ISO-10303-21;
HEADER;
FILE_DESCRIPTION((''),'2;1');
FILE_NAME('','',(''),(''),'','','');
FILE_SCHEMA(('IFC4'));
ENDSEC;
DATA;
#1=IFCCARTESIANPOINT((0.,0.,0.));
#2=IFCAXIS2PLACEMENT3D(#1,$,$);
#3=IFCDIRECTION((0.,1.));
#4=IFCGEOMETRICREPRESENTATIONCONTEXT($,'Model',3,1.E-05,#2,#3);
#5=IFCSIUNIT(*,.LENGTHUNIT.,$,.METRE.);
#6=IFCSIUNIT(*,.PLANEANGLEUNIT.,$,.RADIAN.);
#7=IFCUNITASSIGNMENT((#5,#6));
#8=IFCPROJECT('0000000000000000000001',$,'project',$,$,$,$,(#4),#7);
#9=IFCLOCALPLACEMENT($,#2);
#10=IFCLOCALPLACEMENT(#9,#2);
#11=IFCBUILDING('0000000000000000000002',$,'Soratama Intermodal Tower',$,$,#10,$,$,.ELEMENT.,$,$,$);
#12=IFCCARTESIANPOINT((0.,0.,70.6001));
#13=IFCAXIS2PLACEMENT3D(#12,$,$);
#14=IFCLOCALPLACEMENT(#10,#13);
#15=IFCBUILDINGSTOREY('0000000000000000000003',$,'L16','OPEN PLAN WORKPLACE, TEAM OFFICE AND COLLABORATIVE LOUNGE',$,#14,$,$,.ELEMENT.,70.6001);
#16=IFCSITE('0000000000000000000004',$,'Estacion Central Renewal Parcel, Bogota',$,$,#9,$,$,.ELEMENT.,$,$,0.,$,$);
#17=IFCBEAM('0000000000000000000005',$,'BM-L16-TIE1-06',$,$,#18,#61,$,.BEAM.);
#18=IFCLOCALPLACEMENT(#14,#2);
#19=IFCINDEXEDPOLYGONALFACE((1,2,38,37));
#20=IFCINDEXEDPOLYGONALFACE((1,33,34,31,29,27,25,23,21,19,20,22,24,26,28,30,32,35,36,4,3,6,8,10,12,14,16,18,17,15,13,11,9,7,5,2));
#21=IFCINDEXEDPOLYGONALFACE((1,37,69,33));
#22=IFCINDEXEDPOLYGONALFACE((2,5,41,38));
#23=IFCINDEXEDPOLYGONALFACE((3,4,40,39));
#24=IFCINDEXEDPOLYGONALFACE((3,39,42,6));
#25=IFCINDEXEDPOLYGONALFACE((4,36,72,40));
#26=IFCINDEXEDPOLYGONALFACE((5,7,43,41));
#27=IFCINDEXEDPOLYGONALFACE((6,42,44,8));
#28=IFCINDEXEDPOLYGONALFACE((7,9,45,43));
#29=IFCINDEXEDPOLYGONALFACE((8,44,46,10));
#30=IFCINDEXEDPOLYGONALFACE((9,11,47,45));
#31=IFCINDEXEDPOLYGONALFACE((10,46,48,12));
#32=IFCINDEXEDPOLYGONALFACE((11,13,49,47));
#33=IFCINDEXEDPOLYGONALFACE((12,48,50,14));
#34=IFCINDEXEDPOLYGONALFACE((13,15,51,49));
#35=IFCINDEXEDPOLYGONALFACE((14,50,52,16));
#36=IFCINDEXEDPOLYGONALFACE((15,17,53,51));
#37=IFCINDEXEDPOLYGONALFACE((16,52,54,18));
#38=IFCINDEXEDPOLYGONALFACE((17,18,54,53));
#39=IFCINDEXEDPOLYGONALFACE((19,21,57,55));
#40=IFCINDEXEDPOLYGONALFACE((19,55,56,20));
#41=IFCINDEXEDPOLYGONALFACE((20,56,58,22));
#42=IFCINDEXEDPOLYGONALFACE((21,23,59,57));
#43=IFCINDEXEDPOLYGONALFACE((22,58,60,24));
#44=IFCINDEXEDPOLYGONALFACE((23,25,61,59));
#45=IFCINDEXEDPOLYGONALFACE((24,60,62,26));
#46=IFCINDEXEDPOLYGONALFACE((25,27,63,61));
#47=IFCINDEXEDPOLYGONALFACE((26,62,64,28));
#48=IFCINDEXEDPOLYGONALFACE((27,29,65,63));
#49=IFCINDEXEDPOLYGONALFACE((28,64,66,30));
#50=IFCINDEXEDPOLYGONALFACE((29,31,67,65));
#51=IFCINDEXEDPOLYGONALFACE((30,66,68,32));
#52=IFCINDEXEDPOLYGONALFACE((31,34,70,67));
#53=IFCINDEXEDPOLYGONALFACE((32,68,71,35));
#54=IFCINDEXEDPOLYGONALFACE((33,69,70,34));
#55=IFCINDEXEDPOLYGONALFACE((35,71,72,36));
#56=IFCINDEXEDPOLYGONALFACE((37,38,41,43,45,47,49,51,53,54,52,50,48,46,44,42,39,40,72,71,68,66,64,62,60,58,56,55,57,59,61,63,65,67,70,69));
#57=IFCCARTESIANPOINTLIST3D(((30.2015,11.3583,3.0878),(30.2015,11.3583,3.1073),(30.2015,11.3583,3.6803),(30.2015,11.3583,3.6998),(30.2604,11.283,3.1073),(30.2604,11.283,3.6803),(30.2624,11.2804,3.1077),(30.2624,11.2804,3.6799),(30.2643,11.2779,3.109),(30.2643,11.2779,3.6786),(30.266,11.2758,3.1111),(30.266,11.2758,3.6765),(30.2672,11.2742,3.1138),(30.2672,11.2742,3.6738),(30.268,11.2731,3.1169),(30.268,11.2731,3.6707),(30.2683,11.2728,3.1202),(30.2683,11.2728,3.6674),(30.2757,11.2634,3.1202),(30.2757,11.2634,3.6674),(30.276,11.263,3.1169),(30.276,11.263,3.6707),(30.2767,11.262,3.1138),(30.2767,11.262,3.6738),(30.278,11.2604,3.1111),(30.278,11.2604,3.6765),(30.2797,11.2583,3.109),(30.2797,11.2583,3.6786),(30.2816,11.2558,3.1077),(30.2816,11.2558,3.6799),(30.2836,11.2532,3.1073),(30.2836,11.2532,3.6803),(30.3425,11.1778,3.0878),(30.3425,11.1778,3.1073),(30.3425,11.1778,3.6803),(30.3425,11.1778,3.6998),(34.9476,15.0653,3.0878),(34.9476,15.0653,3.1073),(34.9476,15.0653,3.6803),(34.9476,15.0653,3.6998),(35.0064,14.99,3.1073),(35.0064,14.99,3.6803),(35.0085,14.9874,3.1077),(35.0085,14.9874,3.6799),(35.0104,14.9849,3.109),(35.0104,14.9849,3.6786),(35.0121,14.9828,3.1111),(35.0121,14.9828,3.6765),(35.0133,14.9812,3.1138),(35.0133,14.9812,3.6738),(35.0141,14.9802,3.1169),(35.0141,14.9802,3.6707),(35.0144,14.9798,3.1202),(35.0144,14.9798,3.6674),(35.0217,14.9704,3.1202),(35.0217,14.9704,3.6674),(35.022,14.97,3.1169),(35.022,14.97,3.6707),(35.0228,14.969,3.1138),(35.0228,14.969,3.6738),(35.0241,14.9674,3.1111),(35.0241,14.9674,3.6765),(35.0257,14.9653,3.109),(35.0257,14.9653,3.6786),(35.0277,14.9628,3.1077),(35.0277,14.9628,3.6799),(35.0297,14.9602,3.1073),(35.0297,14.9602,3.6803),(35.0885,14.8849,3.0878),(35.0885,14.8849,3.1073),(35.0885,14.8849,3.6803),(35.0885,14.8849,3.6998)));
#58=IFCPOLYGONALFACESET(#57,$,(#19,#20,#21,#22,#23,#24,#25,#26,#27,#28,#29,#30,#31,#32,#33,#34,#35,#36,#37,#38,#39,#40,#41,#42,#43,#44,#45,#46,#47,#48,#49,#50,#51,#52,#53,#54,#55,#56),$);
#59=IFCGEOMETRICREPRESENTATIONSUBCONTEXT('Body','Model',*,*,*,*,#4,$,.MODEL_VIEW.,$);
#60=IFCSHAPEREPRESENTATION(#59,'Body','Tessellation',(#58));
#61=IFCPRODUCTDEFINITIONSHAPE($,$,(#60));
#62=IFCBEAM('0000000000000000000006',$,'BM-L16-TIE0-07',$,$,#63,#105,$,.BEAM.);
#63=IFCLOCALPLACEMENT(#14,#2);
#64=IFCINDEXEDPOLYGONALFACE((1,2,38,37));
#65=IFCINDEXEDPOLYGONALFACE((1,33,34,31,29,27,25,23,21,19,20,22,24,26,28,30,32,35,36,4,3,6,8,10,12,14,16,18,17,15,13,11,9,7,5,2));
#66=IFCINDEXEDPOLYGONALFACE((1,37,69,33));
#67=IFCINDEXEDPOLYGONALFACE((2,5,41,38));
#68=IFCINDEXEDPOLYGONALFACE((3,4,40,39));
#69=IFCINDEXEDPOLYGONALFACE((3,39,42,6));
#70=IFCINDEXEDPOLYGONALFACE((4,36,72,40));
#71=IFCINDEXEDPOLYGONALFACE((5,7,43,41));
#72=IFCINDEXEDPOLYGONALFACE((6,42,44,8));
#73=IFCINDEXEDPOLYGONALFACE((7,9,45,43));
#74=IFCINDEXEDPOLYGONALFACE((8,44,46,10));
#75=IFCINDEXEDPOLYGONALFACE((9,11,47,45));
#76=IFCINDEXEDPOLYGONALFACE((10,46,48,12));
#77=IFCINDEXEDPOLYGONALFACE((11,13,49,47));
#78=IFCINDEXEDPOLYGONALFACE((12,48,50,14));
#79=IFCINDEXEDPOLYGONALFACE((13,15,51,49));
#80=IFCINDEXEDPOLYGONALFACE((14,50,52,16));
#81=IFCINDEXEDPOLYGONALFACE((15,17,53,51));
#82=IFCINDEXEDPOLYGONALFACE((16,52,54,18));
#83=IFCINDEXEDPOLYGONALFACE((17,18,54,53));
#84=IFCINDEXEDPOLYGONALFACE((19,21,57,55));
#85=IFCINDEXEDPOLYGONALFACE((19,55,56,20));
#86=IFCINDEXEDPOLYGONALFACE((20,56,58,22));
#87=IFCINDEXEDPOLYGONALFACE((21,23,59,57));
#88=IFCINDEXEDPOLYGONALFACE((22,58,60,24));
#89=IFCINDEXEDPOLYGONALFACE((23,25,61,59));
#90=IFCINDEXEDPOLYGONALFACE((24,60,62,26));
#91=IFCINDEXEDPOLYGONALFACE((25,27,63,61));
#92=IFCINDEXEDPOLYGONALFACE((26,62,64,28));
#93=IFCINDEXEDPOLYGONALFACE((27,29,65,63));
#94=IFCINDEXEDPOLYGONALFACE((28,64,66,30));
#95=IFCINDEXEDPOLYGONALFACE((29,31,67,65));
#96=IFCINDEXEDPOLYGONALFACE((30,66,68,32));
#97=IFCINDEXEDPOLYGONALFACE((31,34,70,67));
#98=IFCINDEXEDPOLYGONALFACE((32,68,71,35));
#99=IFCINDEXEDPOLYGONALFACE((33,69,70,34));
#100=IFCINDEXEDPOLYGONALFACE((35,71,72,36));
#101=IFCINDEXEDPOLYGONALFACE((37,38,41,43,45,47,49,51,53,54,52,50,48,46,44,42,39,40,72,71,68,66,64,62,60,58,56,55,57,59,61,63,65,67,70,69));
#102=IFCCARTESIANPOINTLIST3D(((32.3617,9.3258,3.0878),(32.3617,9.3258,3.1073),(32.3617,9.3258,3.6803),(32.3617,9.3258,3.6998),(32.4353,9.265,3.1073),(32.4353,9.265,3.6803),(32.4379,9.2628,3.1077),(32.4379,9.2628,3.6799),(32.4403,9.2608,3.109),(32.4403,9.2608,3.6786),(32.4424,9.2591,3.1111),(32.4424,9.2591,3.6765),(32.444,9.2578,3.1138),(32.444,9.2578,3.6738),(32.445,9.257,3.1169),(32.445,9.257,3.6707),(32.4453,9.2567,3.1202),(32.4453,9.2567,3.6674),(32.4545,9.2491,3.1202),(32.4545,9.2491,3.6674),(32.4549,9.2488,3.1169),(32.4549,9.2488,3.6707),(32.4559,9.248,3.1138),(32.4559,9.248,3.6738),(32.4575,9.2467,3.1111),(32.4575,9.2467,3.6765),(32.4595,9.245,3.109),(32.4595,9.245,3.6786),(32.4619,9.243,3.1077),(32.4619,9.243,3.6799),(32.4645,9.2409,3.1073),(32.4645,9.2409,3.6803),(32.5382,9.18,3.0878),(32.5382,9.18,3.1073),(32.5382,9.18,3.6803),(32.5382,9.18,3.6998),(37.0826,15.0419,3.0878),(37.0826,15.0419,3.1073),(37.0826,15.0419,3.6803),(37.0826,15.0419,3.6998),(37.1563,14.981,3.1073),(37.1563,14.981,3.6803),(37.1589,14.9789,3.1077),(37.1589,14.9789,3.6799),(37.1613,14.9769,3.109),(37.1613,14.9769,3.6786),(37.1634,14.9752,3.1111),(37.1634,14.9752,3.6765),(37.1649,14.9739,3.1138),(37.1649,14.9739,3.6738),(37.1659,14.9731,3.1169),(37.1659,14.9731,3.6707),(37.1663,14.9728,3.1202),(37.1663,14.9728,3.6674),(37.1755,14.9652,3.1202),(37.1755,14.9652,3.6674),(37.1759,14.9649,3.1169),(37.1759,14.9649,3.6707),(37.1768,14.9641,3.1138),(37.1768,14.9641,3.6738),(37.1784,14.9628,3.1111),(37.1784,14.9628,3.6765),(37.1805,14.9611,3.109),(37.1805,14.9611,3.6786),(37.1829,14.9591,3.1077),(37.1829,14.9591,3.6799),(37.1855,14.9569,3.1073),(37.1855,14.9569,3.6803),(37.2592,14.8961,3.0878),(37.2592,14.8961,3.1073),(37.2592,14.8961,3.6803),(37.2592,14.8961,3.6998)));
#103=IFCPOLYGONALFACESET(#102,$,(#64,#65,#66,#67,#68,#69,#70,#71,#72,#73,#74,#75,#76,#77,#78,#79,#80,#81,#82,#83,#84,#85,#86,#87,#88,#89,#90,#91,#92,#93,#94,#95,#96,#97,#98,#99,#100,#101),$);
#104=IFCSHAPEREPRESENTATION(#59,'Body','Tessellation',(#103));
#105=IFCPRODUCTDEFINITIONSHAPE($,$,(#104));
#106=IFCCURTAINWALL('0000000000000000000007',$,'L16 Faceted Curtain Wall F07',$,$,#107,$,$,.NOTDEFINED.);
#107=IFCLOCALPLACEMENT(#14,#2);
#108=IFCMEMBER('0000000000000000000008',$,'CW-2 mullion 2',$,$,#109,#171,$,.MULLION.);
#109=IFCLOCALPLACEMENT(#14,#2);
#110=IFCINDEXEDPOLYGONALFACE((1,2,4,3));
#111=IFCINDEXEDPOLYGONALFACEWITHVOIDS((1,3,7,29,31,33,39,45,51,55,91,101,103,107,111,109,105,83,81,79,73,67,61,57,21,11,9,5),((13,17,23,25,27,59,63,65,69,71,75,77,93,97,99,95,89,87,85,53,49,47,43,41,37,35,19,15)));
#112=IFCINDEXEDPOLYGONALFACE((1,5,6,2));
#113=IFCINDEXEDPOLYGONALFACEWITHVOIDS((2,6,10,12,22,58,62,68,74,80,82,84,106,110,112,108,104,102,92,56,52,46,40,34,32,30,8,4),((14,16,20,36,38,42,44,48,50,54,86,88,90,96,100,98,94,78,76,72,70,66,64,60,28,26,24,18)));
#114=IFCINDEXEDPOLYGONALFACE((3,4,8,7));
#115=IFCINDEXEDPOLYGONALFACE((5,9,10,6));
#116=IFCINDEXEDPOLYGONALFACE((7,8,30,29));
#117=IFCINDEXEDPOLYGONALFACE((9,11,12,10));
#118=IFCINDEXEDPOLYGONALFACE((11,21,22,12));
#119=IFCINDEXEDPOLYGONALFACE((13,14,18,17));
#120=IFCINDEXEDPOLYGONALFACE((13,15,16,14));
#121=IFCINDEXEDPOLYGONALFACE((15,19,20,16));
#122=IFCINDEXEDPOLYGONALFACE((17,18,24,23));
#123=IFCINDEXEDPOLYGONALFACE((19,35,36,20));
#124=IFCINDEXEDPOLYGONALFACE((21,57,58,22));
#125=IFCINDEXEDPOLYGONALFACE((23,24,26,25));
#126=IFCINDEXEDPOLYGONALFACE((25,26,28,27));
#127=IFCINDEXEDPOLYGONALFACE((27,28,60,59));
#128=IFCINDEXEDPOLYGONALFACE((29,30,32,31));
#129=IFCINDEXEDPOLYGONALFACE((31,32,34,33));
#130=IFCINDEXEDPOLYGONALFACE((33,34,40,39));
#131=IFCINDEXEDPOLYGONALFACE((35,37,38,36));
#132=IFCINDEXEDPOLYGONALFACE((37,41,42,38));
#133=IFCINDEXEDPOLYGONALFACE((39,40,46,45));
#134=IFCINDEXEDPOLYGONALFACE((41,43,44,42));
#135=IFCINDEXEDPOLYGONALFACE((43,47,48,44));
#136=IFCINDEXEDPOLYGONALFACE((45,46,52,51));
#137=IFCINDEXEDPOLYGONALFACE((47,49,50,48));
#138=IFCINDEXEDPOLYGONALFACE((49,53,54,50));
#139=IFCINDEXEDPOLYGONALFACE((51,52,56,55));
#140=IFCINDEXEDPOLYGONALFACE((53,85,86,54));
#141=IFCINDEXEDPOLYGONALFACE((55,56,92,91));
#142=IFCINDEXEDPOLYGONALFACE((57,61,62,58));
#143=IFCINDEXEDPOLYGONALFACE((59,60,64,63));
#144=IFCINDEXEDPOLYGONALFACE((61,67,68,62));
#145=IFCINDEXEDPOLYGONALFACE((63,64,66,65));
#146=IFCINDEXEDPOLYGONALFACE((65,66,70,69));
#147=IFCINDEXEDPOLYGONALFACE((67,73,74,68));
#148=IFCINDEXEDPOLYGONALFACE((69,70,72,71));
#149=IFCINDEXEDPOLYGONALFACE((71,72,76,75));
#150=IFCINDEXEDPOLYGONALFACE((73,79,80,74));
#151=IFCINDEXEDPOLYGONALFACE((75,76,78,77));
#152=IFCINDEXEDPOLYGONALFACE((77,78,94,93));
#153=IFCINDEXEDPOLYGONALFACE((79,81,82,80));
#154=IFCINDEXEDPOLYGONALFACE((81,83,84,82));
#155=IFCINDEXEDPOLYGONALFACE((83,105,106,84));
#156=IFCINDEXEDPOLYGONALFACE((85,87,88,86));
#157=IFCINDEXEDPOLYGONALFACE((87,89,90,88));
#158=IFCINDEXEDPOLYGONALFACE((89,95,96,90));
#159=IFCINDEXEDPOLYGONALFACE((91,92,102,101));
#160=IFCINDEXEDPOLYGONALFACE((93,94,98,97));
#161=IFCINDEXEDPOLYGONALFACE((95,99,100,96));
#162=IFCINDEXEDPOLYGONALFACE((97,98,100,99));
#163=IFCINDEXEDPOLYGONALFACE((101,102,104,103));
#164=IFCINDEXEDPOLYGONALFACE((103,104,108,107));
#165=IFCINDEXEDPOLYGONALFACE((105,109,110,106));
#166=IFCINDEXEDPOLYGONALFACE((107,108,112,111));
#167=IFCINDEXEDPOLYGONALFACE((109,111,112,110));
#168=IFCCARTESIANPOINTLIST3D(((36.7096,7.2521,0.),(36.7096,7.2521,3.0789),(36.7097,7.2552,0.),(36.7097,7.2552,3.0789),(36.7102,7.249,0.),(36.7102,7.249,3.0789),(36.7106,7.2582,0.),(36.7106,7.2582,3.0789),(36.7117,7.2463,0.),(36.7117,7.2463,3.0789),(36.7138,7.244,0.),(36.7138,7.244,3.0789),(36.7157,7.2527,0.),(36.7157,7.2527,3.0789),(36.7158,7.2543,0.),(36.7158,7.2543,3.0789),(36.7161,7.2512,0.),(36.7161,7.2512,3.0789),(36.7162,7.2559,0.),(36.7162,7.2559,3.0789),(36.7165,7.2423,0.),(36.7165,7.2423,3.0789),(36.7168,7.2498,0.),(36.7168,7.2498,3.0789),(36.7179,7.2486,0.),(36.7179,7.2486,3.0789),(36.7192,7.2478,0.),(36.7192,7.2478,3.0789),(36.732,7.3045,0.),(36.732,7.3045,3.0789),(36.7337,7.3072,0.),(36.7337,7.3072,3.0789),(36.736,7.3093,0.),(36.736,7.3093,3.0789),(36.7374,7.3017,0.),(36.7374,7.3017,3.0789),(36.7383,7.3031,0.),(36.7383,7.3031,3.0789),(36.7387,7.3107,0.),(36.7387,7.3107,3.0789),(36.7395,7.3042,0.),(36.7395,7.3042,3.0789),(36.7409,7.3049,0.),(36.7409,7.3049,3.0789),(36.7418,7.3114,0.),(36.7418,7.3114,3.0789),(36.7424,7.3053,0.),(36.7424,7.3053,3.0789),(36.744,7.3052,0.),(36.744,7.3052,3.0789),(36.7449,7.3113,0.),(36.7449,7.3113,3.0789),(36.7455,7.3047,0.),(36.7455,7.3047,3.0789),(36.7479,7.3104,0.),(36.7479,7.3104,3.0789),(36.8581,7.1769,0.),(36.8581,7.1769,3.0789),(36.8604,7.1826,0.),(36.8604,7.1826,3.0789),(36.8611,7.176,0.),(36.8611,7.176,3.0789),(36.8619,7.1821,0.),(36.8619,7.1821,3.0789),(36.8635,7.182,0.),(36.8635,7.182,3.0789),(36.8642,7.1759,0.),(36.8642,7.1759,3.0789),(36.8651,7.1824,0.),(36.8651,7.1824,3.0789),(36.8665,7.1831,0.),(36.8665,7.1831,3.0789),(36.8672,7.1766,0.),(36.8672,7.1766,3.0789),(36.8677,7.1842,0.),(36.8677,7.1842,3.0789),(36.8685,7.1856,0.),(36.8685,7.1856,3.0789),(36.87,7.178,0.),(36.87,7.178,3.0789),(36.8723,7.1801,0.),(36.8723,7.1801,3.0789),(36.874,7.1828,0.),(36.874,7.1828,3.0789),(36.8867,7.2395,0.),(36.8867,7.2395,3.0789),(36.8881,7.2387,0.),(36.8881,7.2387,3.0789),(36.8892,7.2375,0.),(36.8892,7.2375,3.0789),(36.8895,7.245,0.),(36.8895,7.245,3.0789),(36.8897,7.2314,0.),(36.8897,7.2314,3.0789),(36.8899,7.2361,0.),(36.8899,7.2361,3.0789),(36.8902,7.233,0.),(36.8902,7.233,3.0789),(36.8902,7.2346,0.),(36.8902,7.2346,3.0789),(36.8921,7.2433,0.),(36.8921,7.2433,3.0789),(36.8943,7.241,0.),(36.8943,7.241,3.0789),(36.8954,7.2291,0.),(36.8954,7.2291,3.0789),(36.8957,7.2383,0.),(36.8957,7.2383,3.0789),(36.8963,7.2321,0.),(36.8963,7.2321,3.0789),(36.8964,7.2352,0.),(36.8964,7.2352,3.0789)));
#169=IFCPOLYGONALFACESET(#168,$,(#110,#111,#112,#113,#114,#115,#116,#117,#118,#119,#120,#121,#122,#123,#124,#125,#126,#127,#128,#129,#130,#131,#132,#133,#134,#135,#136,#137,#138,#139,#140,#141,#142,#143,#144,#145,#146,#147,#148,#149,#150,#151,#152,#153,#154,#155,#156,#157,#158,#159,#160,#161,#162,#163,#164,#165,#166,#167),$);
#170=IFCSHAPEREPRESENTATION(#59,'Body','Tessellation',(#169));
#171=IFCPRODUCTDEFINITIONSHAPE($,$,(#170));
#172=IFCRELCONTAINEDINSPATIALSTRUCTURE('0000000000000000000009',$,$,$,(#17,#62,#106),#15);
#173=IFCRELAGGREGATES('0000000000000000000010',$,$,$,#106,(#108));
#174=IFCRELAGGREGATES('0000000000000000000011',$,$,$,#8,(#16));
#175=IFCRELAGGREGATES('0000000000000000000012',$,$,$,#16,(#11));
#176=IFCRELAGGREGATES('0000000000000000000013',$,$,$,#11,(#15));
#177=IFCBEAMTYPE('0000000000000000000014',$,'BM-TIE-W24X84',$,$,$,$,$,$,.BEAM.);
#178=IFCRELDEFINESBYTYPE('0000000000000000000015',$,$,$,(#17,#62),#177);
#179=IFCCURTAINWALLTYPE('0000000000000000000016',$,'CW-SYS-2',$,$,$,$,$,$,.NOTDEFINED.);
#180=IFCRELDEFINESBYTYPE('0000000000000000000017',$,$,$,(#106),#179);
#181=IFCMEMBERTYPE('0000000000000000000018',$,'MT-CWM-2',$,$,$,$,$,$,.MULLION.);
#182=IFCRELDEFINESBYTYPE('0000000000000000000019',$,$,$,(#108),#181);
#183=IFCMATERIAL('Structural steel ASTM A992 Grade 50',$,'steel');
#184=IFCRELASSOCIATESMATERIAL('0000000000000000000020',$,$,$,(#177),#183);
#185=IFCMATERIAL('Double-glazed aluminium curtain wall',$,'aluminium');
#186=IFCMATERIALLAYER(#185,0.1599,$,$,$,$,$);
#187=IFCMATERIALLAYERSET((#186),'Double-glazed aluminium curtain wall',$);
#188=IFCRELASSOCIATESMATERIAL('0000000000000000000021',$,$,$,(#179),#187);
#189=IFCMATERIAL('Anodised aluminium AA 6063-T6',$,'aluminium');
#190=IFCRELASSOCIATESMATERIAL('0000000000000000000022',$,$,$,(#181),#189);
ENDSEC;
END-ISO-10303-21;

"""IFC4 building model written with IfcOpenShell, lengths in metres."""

from ifc_helpers import new_model, si_unit, direction, frame, origin, origin_2d, place, context, subcontext, project, spatial, hollow_rectangle, i_section, extrude, material, layer, layer_set, material_profile, profile_set, type_object, element, aggregate, save


model = new_model("IFC4")

# Units and contexts
model_context = context("Model", 3, precision=1e-05, world=origin(), true_north=direction((0.0, 1.0)))
body_context = subcontext(model_context, "Body", "Model", "MODEL_VIEW")
ifc_project = project(units=[si_unit("LENGTHUNIT", "METRE"), si_unit("PLANEANGLEUNIT", "RADIAN")], contexts=[model_context])

# Site, building, storey
site_placement = place(None, origin())
site = spatial("IfcSite", under=ifc_project, at=site_placement, Name="Estacion Central Renewal Parcel, Bogota", CompositionType="ELEMENT", RefElevation=0.0)
building_placement = place(site_placement, origin())
building = spatial("IfcBuilding", under=site, at=building_placement, Name="Soratama Intermodal Tower", CompositionType="ELEMENT")
storey_placement = place(building_placement, frame((0.0, 0.0, 70.6001)))
storey = spatial("IfcBuildingStorey", under=building, at=storey_placement, Name="L16", Description="OPEN PLAN WORKPLACE, TEAM OFFICE AND COLLABORATIVE LOUNGE", CompositionType="ELEMENT", Elevation=70.6001)

# Beams
ifc_material_1 = material(Name="Structural steel ASTM A992 Grade 50", Category="steel")
ifc_material_profile_1 = material_profile(ifc_material_1, i_section(OverallWidth=0.229, OverallDepth=0.6121, WebThickness=0.012, FlangeThickness=0.0195, FilletRadius=0.0129, at=origin_2d()), Name="W24X84")
ifc_profile_set_1 = profile_set([ifc_material_profile_1], Name="Structural steel ASTM A992 Grade 50")
beam_type_1 = type_object("IfcBeamType", Name="BM-TIE-W24X84", PredefinedType="BEAM", material=ifc_profile_set_1)
beam_1_placement = place(storey_placement, frame((35.0181, 14.9751, 3.3938), z_axis=(-0.788093, -0.615556, 0.0), x_axis=(0.615556, -0.788093, 0.0)))
element("IfcBeam", 1, at=beam_1_placement, inside=storey, type_object=beam_type_1, Name="BM-L16-TIE1-06", PredefinedType="BEAM", context=body_context, shape_type="SweptSolid", body=[
    extrude(i_section(OverallWidth=0.229, OverallDepth=0.6121, WebThickness=0.012, FlangeThickness=0.0195, FilletRadius=0.0129, at=origin_2d()), origin(), (0.0, 0.0, 1.0), 6.0222),
])
beam_2_placement = place(storey_placement, frame((37.1709, 14.969, 3.3938), z_axis=(-0.6368, -0.771029, 0.0), x_axis=(0.771029, -0.6368, 0.0)))
element("IfcBeam", 2, at=beam_2_placement, inside=storey, type_object=beam_type_1, Name="BM-L16-TIE0-07", PredefinedType="BEAM", context=body_context, shape_type="SweptSolid", body=[
    extrude(i_section(OverallWidth=0.229, OverallDepth=0.6121, WebThickness=0.012, FlangeThickness=0.0195, FilletRadius=0.0129, at=origin_2d()), origin(), (0.0, 0.0, 1.0), 7.4136),
])

# Curtain wall, member
ifc_material_2 = material(Name="Double-glazed aluminium curtain wall", Category="aluminium")
ifc_layer_1 = layer(ifc_material_2, 0.1599)
ifc_layer_set_1 = layer_set([ifc_layer_1], Name="Double-glazed aluminium curtain wall")
curtain_wall_type = type_object("IfcCurtainWallType", Name="CW-SYS-2", PredefinedType="NOTDEFINED", material=ifc_layer_set_1)
curtain_wall_placement = place(storey_placement, origin())
curtain_wall = element("IfcCurtainWall", 3, at=curtain_wall_placement, inside=storey, type_object=curtain_wall_type, Name="L16 Faceted Curtain Wall F07", PredefinedType="NOTDEFINED")
ifc_material_3 = material(Name="Anodised aluminium AA 6063-T6", Category="aluminium")
ifc_material_profile_2 = material_profile(ifc_material_3, hollow_rectangle(XDim=0.075, YDim=0.1799, WallThickness=0.0061, InnerFilletRadius=0.0061, OuterFilletRadius=0.012, at=origin_2d()), Name="CWM180X75X6")
ifc_profile_set_2 = profile_set([ifc_material_profile_2], Name="Anodised aluminium AA 6063-T6")
member_type_1 = type_object("IfcMemberType", Name="MT-CWM-2", PredefinedType="MULLION", material=ifc_profile_set_2)
member_1_placement = place(storey_placement, frame((36.803, 7.2437, 0.0), z_axis=(0.0, 0.0, 1.0), x_axis=(0.419138, 0.907923, 0.0)))
member_1 = element("IfcMember", 4, at=member_1_placement, type_object=member_type_1, Name="CW-2 mullion 2", PredefinedType="MULLION", context=body_context, shape_type="SweptSolid", body=[
    extrude(hollow_rectangle(XDim=0.075, YDim=0.1799, WallThickness=0.0061, InnerFilletRadius=0.0061, OuterFilletRadius=0.012, at=origin_2d()), origin(), (0.0, 0.0, 1.0), 3.0789),
])
aggregate(curtain_wall, [member_1])

save(model, "model.ifc")
